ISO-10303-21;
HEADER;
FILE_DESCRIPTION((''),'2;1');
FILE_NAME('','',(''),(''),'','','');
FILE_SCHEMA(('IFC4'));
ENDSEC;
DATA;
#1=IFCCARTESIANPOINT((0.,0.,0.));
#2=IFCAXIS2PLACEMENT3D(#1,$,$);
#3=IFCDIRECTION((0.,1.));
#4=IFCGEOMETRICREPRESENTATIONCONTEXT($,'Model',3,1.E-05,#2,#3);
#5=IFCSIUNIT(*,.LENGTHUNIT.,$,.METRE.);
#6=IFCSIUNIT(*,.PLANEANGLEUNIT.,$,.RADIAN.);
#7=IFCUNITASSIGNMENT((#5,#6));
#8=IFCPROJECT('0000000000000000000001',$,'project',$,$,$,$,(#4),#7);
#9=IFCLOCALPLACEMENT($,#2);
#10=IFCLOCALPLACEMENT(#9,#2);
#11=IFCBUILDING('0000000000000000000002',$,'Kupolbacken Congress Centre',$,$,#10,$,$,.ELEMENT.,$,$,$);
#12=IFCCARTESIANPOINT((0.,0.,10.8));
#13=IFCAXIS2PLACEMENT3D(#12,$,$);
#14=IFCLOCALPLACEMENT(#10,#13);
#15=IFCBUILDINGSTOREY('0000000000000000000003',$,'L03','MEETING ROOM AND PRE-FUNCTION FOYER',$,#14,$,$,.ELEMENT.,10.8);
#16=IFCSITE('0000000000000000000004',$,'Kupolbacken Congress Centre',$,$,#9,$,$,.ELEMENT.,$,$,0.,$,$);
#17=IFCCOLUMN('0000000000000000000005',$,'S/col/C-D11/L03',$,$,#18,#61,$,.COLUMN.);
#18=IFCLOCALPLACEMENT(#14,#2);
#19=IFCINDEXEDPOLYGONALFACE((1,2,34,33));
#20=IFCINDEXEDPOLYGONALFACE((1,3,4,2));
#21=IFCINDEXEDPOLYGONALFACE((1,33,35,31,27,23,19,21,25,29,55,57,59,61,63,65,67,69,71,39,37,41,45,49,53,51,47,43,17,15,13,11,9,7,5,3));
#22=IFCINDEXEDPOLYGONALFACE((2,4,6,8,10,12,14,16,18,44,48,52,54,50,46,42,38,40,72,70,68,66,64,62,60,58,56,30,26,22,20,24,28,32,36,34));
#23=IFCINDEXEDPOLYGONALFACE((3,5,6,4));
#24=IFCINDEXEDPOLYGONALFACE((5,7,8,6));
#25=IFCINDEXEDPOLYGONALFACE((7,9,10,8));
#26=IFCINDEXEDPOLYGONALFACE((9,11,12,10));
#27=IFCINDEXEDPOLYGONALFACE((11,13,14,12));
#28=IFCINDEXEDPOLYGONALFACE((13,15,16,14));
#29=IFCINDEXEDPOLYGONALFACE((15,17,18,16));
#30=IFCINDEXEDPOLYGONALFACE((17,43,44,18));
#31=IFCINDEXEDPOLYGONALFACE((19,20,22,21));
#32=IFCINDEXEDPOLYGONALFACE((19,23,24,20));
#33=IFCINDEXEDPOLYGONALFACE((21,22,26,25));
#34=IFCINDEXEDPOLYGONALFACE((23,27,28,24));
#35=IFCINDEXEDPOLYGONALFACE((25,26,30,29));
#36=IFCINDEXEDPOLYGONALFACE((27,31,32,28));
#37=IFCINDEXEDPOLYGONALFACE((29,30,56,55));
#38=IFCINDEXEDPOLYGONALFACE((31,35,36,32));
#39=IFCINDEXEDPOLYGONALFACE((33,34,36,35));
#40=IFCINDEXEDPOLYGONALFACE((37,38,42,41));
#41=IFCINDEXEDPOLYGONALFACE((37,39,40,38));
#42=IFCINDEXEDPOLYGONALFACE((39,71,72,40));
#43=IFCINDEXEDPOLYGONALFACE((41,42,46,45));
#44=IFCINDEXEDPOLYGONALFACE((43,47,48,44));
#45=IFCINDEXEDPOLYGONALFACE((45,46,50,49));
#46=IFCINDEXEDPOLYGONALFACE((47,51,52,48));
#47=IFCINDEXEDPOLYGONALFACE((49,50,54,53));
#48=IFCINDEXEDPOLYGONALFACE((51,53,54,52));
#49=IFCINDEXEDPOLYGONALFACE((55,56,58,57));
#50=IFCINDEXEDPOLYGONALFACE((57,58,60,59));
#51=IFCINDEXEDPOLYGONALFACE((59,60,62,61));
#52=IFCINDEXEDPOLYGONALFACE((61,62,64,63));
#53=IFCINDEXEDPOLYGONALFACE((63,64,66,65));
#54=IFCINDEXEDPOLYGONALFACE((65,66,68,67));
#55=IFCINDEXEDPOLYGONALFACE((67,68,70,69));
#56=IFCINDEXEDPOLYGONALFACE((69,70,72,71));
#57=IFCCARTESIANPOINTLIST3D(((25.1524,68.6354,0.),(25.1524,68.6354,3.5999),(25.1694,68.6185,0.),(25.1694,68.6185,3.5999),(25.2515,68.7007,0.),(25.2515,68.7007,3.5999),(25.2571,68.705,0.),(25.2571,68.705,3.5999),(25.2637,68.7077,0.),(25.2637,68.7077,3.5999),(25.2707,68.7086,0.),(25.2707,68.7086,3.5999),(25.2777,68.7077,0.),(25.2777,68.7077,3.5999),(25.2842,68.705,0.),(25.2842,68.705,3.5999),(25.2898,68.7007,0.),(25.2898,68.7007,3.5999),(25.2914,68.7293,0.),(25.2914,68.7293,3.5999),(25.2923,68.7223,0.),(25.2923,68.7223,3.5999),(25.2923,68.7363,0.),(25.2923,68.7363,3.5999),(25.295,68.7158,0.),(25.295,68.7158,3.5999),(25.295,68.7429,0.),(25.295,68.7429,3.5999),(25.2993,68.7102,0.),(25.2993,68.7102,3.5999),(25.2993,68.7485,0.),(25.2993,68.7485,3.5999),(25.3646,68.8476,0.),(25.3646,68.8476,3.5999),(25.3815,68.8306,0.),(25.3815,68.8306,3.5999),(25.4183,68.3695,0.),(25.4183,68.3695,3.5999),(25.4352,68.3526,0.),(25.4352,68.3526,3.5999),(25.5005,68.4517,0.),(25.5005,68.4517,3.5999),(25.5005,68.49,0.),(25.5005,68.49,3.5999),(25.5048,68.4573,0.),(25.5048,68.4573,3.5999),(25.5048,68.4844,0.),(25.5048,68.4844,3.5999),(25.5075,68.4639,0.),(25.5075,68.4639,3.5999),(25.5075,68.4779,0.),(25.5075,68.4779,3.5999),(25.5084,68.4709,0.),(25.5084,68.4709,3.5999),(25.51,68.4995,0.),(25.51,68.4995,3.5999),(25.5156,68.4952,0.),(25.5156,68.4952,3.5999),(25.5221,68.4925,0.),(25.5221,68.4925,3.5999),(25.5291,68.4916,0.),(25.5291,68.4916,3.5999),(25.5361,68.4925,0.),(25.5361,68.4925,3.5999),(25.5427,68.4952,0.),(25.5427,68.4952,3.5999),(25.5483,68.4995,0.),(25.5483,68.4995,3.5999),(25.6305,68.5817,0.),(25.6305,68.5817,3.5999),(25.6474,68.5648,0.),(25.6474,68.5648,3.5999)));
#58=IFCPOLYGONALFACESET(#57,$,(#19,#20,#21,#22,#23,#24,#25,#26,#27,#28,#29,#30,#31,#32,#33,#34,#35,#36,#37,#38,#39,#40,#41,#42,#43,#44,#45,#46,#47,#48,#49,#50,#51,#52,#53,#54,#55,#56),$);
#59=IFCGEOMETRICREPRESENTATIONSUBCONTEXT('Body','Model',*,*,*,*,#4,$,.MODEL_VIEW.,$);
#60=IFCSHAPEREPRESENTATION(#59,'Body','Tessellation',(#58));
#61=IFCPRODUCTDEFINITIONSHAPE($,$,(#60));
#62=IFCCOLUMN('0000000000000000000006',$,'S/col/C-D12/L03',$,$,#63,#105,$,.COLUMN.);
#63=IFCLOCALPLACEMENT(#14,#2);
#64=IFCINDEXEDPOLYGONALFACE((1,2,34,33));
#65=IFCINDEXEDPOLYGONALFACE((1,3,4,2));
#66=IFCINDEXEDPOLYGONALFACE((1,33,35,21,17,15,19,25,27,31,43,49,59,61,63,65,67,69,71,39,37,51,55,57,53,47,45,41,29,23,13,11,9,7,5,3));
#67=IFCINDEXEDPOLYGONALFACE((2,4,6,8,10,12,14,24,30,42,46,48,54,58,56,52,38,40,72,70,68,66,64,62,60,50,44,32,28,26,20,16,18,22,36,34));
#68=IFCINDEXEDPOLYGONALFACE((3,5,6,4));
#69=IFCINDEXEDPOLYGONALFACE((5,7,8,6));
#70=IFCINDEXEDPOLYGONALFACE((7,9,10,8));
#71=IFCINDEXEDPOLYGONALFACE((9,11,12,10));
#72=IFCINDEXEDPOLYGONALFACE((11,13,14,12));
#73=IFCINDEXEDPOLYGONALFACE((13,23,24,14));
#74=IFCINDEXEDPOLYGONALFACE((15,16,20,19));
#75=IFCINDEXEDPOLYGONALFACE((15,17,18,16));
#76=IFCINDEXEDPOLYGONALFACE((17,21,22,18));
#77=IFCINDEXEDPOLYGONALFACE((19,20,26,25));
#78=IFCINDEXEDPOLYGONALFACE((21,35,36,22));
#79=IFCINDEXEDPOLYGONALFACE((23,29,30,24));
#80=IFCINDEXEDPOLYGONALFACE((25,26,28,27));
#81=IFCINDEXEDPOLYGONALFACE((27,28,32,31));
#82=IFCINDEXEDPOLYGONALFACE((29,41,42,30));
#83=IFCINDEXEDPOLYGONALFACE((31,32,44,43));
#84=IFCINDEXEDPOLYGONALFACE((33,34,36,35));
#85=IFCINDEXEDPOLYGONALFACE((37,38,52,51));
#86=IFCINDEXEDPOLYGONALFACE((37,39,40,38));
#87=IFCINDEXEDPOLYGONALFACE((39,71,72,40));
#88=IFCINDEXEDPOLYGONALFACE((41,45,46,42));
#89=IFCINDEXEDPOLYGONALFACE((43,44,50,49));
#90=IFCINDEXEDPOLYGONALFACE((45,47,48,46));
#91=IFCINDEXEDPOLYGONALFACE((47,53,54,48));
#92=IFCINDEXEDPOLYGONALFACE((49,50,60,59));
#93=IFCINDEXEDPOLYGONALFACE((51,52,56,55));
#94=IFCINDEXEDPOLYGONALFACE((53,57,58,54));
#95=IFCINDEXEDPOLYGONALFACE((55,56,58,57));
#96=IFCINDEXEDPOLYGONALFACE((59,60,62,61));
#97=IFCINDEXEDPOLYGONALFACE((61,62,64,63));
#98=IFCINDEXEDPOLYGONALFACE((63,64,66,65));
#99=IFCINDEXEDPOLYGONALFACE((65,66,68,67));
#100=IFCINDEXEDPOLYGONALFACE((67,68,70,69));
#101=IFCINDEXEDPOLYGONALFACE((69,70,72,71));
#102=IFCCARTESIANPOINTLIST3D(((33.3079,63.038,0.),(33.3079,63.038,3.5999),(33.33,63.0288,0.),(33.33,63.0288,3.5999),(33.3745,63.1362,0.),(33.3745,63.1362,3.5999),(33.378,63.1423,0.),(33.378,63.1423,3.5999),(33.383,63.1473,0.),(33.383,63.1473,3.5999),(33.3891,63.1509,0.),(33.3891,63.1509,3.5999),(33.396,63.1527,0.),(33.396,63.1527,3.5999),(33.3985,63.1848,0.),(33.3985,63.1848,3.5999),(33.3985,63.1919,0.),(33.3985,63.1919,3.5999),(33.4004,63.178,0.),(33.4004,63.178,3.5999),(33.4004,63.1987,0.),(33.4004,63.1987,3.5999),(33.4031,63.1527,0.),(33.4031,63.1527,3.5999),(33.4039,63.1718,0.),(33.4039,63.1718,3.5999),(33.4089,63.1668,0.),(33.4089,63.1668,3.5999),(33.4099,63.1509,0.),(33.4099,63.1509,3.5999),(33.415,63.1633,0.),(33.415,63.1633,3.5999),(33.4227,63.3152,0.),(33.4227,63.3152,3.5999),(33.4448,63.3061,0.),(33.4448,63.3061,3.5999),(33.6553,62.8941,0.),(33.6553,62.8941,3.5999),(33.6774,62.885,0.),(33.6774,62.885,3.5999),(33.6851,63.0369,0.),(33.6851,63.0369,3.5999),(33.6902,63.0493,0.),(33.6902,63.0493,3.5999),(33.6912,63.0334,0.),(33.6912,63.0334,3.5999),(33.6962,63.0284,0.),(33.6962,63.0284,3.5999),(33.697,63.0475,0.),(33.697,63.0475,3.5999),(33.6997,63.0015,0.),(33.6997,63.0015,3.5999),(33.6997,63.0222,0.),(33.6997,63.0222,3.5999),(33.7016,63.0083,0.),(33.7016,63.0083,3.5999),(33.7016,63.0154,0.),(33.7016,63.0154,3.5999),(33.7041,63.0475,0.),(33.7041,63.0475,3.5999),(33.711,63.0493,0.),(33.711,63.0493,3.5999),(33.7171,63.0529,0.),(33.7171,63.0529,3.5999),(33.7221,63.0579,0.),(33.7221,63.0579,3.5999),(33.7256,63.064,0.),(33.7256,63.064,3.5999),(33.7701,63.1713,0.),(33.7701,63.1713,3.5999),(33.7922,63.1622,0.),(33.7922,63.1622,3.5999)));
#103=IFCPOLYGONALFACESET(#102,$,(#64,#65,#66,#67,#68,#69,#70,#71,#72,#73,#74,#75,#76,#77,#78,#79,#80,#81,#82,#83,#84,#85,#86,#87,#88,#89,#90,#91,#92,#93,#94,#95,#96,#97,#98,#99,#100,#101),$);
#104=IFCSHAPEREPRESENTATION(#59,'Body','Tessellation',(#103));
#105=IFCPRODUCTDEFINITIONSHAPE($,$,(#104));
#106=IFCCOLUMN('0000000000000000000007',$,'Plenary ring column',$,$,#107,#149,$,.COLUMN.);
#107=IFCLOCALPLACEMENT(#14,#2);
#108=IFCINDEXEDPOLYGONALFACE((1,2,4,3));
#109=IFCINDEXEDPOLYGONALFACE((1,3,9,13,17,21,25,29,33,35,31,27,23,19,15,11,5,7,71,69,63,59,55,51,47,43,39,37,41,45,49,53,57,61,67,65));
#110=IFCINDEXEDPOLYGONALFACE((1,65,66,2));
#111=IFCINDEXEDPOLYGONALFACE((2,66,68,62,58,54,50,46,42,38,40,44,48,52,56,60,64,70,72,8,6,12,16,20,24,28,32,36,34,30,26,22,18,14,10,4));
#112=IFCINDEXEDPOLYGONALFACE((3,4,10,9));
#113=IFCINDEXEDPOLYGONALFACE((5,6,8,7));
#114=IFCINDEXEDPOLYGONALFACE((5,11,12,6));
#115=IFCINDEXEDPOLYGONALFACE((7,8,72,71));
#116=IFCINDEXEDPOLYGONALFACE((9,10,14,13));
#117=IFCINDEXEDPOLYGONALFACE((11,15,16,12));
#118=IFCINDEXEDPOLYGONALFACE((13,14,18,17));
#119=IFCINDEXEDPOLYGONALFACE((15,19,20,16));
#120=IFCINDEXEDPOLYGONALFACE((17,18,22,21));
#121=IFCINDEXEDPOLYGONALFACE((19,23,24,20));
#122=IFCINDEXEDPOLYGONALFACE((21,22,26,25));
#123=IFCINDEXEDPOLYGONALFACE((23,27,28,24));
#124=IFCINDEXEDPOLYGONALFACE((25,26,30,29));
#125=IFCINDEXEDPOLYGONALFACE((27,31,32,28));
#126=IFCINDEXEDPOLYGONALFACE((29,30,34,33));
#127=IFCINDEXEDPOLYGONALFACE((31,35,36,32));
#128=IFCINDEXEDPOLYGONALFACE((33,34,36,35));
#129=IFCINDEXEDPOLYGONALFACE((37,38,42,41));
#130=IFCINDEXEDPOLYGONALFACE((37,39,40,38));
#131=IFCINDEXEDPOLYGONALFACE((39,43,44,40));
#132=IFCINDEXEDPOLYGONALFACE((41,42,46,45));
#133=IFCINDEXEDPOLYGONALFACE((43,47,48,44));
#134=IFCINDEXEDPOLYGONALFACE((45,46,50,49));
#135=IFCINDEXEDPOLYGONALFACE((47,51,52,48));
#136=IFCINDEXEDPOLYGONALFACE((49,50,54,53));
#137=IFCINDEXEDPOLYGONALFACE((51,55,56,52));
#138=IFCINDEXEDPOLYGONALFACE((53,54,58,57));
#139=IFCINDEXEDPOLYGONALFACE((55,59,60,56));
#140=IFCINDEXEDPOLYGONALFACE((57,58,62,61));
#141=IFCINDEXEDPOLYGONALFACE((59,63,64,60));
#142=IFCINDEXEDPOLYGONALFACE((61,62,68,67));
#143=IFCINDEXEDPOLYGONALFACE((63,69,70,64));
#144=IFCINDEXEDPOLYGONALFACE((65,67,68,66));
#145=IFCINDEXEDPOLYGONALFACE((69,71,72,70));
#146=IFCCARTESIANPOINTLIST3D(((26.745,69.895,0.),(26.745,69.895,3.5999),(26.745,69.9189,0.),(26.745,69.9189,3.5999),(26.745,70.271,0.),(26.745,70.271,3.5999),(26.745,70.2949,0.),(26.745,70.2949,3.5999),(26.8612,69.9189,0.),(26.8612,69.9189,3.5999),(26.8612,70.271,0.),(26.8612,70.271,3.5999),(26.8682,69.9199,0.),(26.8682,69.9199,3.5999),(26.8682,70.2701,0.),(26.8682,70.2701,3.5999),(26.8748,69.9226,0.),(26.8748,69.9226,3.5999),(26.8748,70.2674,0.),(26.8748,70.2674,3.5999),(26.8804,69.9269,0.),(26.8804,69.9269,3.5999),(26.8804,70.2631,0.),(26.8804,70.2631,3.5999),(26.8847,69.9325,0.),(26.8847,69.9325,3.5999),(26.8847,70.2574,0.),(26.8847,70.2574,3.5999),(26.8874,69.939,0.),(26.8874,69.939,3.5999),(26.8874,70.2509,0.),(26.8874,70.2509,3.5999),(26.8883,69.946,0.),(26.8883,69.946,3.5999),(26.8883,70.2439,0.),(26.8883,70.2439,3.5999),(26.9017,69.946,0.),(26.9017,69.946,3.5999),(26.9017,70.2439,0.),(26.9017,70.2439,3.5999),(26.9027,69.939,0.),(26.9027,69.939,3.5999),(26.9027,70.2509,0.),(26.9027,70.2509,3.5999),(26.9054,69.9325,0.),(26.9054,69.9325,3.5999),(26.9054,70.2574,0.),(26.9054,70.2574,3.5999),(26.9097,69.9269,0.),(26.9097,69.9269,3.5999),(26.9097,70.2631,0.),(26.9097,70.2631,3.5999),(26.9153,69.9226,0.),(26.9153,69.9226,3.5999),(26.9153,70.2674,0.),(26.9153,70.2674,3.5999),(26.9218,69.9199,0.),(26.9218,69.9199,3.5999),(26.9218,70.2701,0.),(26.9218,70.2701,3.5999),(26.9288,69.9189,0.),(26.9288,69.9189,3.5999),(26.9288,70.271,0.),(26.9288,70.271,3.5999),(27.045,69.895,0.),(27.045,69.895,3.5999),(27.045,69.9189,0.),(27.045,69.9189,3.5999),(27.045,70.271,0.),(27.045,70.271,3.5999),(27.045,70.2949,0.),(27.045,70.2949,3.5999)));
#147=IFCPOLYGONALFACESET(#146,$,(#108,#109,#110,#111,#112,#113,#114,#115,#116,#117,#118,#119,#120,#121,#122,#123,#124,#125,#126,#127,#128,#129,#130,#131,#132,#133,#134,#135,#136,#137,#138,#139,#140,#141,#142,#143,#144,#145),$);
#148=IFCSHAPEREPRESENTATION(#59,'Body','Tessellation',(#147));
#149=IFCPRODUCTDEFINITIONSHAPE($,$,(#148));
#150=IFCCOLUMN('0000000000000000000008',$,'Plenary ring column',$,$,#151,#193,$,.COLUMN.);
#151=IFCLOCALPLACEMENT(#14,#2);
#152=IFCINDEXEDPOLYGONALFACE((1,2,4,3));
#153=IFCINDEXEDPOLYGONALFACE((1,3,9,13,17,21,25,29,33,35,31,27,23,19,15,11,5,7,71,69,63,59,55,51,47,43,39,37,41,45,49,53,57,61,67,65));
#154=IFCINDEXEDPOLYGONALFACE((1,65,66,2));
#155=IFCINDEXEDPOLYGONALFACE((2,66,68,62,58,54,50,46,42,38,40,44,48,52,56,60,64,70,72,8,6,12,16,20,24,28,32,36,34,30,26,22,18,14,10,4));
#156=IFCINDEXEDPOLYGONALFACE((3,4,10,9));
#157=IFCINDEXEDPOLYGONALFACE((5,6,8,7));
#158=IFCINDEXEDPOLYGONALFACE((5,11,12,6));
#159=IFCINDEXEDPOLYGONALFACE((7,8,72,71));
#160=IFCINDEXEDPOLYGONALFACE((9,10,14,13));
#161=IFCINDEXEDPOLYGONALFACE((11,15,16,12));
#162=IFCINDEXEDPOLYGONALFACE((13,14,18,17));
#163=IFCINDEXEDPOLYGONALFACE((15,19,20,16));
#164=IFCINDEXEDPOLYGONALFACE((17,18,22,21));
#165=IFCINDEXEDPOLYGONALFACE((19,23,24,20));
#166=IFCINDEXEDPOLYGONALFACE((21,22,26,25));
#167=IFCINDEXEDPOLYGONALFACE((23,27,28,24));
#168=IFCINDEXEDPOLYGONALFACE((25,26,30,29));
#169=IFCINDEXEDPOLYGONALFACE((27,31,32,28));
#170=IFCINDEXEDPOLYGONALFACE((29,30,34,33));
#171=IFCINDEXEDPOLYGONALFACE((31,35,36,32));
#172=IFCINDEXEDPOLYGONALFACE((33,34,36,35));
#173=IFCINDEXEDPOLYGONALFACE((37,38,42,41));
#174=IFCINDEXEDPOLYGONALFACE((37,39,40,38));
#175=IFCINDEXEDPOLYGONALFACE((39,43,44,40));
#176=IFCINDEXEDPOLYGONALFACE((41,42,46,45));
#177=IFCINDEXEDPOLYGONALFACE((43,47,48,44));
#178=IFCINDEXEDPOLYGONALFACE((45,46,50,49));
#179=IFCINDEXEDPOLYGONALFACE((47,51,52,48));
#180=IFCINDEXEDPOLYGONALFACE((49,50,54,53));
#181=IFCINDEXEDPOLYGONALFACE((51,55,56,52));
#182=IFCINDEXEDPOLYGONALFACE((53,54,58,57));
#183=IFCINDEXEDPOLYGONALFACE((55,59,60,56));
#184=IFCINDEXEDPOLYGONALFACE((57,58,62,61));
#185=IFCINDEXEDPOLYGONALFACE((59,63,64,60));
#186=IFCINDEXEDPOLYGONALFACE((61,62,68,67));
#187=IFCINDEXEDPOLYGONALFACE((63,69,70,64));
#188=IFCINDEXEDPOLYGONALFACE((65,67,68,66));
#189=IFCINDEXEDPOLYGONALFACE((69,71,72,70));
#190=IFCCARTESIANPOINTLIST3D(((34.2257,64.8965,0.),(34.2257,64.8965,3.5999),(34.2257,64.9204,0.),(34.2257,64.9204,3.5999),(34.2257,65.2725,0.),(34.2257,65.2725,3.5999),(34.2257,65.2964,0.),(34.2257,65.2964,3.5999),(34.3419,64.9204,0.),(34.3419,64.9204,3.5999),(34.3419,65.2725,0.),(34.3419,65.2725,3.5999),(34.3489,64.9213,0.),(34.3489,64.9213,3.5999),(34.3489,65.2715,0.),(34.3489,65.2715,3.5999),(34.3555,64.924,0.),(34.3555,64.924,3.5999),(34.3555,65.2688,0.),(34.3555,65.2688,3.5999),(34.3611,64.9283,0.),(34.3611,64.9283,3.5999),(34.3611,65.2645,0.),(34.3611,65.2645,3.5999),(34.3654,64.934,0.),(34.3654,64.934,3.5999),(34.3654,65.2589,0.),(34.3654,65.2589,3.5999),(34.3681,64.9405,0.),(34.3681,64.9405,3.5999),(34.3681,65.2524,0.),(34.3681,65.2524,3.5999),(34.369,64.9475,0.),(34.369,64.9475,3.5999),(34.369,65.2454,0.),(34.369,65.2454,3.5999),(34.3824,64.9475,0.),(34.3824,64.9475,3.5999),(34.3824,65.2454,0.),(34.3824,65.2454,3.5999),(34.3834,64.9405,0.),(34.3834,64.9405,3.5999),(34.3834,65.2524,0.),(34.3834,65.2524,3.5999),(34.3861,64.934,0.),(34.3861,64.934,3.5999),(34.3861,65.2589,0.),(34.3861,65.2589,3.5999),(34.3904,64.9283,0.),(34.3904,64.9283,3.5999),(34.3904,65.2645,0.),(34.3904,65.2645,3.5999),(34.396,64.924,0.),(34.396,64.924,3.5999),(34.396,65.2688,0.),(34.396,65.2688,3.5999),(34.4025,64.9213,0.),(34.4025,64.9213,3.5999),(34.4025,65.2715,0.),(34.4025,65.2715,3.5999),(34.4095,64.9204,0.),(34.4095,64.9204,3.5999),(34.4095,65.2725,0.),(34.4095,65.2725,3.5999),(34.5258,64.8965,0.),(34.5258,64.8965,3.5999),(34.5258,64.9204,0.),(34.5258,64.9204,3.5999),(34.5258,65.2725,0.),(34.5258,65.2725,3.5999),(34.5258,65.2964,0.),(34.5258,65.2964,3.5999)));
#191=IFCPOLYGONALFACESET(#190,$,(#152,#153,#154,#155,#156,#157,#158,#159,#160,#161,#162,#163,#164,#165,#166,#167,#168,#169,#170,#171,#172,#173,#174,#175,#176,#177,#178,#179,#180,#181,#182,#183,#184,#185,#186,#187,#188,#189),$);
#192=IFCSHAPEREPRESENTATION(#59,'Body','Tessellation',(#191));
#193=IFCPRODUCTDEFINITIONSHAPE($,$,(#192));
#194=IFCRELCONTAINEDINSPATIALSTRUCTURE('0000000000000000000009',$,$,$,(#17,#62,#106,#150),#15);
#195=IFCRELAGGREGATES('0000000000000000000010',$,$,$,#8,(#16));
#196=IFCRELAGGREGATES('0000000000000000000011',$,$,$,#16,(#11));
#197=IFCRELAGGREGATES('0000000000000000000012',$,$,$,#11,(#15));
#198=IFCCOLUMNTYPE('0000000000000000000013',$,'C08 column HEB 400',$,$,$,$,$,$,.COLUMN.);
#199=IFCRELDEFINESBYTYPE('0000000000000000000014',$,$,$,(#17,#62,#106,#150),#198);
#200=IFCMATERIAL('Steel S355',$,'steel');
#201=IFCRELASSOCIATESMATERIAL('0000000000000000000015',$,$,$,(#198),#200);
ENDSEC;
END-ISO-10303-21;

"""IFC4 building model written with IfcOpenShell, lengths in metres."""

from ifc_helpers import new_model, si_unit, direction, frame, origin, origin_2d, place, context, subcontext, project, spatial, i_section, extrude, material, material_profile, profile_set, type_object, element, save


model = new_model("IFC4")

# Units and contexts
model_context = context("Model", 3, precision=1e-05, world=origin(), true_north=direction((0.0, 1.0)))
body_context = subcontext(model_context, "Body", "Model", "MODEL_VIEW")
ifc_project = project(units=[si_unit("LENGTHUNIT", "METRE"), si_unit("PLANEANGLEUNIT", "RADIAN")], contexts=[model_context])

# Site, building, storey
site_placement = place(None, origin())
site = spatial("IfcSite", under=ifc_project, at=site_placement, Name="Kupolbacken Congress Centre", CompositionType="ELEMENT", RefElevation=0.0)
building_placement = place(site_placement, origin())
building = spatial("IfcBuilding", under=site, at=building_placement, Name="Kupolbacken Congress Centre", CompositionType="ELEMENT")
storey_placement = place(building_placement, frame((0.0, 0.0, 10.8)))
storey = spatial("IfcBuildingStorey", under=building, at=storey_placement, Name="L03", Description="MEETING ROOM AND PRE-FUNCTION FOYER", CompositionType="ELEMENT", Elevation=10.8)

# Columns
ifc_material_1 = material(Name="Steel S355", Category="steel")
ifc_material_profile_1 = material_profile(ifc_material_1, i_section(OverallWidth=0.3, OverallDepth=0.3999, WebThickness=0.0134, FlangeThickness=0.0239, FilletRadius=0.0271, at=origin_2d()), Name="HEB 400")
ifc_profile_set_1 = profile_set([ifc_material_profile_1], Name="Steel S355")
column_type = type_object("IfcColumnType", Name="C08 column HEB 400", PredefinedType="COLUMN", material=ifc_profile_set_1)
for number, where, z_axis, x_axis, name in (
    (1, (25.3999, 68.6001, 0.0), (0.0, 0.0, 1.0), (-0.707107, -0.707107, 0.0), "S/col/C-D11/L03"),
    (2, (33.55, 63.1001, 0.0), (0.0, 0.0, 1.0), (-0.382644, -0.923896, 0.0), "S/col/C-D12/L03"),
    (3, (26.895, 70.095, 0.0), (0.0, 0.0, 1.0), (1.0, 0.0, 0.0), "Plenary ring column"),
    (4, (34.3757, 65.0964, 0.0), (0.0, 0.0, 1.0), (1.0, 0.0, 0.0), "Plenary ring column"),
):
    element("IfcColumn", number, at=place(storey_placement, frame(where, z_axis=z_axis, x_axis=x_axis)), inside=storey, type_object=column_type, Name=name, PredefinedType="COLUMN", context=body_context, shape_type="SweptSolid", body=[
        extrude(i_section(OverallWidth=0.3, OverallDepth=0.3999, WebThickness=0.0134, FlangeThickness=0.0239, FilletRadius=0.0271, at=origin_2d()), origin(), (0.0, 0.0, 1.0), 3.5999),
    ])

save(model, "model.ifc")
